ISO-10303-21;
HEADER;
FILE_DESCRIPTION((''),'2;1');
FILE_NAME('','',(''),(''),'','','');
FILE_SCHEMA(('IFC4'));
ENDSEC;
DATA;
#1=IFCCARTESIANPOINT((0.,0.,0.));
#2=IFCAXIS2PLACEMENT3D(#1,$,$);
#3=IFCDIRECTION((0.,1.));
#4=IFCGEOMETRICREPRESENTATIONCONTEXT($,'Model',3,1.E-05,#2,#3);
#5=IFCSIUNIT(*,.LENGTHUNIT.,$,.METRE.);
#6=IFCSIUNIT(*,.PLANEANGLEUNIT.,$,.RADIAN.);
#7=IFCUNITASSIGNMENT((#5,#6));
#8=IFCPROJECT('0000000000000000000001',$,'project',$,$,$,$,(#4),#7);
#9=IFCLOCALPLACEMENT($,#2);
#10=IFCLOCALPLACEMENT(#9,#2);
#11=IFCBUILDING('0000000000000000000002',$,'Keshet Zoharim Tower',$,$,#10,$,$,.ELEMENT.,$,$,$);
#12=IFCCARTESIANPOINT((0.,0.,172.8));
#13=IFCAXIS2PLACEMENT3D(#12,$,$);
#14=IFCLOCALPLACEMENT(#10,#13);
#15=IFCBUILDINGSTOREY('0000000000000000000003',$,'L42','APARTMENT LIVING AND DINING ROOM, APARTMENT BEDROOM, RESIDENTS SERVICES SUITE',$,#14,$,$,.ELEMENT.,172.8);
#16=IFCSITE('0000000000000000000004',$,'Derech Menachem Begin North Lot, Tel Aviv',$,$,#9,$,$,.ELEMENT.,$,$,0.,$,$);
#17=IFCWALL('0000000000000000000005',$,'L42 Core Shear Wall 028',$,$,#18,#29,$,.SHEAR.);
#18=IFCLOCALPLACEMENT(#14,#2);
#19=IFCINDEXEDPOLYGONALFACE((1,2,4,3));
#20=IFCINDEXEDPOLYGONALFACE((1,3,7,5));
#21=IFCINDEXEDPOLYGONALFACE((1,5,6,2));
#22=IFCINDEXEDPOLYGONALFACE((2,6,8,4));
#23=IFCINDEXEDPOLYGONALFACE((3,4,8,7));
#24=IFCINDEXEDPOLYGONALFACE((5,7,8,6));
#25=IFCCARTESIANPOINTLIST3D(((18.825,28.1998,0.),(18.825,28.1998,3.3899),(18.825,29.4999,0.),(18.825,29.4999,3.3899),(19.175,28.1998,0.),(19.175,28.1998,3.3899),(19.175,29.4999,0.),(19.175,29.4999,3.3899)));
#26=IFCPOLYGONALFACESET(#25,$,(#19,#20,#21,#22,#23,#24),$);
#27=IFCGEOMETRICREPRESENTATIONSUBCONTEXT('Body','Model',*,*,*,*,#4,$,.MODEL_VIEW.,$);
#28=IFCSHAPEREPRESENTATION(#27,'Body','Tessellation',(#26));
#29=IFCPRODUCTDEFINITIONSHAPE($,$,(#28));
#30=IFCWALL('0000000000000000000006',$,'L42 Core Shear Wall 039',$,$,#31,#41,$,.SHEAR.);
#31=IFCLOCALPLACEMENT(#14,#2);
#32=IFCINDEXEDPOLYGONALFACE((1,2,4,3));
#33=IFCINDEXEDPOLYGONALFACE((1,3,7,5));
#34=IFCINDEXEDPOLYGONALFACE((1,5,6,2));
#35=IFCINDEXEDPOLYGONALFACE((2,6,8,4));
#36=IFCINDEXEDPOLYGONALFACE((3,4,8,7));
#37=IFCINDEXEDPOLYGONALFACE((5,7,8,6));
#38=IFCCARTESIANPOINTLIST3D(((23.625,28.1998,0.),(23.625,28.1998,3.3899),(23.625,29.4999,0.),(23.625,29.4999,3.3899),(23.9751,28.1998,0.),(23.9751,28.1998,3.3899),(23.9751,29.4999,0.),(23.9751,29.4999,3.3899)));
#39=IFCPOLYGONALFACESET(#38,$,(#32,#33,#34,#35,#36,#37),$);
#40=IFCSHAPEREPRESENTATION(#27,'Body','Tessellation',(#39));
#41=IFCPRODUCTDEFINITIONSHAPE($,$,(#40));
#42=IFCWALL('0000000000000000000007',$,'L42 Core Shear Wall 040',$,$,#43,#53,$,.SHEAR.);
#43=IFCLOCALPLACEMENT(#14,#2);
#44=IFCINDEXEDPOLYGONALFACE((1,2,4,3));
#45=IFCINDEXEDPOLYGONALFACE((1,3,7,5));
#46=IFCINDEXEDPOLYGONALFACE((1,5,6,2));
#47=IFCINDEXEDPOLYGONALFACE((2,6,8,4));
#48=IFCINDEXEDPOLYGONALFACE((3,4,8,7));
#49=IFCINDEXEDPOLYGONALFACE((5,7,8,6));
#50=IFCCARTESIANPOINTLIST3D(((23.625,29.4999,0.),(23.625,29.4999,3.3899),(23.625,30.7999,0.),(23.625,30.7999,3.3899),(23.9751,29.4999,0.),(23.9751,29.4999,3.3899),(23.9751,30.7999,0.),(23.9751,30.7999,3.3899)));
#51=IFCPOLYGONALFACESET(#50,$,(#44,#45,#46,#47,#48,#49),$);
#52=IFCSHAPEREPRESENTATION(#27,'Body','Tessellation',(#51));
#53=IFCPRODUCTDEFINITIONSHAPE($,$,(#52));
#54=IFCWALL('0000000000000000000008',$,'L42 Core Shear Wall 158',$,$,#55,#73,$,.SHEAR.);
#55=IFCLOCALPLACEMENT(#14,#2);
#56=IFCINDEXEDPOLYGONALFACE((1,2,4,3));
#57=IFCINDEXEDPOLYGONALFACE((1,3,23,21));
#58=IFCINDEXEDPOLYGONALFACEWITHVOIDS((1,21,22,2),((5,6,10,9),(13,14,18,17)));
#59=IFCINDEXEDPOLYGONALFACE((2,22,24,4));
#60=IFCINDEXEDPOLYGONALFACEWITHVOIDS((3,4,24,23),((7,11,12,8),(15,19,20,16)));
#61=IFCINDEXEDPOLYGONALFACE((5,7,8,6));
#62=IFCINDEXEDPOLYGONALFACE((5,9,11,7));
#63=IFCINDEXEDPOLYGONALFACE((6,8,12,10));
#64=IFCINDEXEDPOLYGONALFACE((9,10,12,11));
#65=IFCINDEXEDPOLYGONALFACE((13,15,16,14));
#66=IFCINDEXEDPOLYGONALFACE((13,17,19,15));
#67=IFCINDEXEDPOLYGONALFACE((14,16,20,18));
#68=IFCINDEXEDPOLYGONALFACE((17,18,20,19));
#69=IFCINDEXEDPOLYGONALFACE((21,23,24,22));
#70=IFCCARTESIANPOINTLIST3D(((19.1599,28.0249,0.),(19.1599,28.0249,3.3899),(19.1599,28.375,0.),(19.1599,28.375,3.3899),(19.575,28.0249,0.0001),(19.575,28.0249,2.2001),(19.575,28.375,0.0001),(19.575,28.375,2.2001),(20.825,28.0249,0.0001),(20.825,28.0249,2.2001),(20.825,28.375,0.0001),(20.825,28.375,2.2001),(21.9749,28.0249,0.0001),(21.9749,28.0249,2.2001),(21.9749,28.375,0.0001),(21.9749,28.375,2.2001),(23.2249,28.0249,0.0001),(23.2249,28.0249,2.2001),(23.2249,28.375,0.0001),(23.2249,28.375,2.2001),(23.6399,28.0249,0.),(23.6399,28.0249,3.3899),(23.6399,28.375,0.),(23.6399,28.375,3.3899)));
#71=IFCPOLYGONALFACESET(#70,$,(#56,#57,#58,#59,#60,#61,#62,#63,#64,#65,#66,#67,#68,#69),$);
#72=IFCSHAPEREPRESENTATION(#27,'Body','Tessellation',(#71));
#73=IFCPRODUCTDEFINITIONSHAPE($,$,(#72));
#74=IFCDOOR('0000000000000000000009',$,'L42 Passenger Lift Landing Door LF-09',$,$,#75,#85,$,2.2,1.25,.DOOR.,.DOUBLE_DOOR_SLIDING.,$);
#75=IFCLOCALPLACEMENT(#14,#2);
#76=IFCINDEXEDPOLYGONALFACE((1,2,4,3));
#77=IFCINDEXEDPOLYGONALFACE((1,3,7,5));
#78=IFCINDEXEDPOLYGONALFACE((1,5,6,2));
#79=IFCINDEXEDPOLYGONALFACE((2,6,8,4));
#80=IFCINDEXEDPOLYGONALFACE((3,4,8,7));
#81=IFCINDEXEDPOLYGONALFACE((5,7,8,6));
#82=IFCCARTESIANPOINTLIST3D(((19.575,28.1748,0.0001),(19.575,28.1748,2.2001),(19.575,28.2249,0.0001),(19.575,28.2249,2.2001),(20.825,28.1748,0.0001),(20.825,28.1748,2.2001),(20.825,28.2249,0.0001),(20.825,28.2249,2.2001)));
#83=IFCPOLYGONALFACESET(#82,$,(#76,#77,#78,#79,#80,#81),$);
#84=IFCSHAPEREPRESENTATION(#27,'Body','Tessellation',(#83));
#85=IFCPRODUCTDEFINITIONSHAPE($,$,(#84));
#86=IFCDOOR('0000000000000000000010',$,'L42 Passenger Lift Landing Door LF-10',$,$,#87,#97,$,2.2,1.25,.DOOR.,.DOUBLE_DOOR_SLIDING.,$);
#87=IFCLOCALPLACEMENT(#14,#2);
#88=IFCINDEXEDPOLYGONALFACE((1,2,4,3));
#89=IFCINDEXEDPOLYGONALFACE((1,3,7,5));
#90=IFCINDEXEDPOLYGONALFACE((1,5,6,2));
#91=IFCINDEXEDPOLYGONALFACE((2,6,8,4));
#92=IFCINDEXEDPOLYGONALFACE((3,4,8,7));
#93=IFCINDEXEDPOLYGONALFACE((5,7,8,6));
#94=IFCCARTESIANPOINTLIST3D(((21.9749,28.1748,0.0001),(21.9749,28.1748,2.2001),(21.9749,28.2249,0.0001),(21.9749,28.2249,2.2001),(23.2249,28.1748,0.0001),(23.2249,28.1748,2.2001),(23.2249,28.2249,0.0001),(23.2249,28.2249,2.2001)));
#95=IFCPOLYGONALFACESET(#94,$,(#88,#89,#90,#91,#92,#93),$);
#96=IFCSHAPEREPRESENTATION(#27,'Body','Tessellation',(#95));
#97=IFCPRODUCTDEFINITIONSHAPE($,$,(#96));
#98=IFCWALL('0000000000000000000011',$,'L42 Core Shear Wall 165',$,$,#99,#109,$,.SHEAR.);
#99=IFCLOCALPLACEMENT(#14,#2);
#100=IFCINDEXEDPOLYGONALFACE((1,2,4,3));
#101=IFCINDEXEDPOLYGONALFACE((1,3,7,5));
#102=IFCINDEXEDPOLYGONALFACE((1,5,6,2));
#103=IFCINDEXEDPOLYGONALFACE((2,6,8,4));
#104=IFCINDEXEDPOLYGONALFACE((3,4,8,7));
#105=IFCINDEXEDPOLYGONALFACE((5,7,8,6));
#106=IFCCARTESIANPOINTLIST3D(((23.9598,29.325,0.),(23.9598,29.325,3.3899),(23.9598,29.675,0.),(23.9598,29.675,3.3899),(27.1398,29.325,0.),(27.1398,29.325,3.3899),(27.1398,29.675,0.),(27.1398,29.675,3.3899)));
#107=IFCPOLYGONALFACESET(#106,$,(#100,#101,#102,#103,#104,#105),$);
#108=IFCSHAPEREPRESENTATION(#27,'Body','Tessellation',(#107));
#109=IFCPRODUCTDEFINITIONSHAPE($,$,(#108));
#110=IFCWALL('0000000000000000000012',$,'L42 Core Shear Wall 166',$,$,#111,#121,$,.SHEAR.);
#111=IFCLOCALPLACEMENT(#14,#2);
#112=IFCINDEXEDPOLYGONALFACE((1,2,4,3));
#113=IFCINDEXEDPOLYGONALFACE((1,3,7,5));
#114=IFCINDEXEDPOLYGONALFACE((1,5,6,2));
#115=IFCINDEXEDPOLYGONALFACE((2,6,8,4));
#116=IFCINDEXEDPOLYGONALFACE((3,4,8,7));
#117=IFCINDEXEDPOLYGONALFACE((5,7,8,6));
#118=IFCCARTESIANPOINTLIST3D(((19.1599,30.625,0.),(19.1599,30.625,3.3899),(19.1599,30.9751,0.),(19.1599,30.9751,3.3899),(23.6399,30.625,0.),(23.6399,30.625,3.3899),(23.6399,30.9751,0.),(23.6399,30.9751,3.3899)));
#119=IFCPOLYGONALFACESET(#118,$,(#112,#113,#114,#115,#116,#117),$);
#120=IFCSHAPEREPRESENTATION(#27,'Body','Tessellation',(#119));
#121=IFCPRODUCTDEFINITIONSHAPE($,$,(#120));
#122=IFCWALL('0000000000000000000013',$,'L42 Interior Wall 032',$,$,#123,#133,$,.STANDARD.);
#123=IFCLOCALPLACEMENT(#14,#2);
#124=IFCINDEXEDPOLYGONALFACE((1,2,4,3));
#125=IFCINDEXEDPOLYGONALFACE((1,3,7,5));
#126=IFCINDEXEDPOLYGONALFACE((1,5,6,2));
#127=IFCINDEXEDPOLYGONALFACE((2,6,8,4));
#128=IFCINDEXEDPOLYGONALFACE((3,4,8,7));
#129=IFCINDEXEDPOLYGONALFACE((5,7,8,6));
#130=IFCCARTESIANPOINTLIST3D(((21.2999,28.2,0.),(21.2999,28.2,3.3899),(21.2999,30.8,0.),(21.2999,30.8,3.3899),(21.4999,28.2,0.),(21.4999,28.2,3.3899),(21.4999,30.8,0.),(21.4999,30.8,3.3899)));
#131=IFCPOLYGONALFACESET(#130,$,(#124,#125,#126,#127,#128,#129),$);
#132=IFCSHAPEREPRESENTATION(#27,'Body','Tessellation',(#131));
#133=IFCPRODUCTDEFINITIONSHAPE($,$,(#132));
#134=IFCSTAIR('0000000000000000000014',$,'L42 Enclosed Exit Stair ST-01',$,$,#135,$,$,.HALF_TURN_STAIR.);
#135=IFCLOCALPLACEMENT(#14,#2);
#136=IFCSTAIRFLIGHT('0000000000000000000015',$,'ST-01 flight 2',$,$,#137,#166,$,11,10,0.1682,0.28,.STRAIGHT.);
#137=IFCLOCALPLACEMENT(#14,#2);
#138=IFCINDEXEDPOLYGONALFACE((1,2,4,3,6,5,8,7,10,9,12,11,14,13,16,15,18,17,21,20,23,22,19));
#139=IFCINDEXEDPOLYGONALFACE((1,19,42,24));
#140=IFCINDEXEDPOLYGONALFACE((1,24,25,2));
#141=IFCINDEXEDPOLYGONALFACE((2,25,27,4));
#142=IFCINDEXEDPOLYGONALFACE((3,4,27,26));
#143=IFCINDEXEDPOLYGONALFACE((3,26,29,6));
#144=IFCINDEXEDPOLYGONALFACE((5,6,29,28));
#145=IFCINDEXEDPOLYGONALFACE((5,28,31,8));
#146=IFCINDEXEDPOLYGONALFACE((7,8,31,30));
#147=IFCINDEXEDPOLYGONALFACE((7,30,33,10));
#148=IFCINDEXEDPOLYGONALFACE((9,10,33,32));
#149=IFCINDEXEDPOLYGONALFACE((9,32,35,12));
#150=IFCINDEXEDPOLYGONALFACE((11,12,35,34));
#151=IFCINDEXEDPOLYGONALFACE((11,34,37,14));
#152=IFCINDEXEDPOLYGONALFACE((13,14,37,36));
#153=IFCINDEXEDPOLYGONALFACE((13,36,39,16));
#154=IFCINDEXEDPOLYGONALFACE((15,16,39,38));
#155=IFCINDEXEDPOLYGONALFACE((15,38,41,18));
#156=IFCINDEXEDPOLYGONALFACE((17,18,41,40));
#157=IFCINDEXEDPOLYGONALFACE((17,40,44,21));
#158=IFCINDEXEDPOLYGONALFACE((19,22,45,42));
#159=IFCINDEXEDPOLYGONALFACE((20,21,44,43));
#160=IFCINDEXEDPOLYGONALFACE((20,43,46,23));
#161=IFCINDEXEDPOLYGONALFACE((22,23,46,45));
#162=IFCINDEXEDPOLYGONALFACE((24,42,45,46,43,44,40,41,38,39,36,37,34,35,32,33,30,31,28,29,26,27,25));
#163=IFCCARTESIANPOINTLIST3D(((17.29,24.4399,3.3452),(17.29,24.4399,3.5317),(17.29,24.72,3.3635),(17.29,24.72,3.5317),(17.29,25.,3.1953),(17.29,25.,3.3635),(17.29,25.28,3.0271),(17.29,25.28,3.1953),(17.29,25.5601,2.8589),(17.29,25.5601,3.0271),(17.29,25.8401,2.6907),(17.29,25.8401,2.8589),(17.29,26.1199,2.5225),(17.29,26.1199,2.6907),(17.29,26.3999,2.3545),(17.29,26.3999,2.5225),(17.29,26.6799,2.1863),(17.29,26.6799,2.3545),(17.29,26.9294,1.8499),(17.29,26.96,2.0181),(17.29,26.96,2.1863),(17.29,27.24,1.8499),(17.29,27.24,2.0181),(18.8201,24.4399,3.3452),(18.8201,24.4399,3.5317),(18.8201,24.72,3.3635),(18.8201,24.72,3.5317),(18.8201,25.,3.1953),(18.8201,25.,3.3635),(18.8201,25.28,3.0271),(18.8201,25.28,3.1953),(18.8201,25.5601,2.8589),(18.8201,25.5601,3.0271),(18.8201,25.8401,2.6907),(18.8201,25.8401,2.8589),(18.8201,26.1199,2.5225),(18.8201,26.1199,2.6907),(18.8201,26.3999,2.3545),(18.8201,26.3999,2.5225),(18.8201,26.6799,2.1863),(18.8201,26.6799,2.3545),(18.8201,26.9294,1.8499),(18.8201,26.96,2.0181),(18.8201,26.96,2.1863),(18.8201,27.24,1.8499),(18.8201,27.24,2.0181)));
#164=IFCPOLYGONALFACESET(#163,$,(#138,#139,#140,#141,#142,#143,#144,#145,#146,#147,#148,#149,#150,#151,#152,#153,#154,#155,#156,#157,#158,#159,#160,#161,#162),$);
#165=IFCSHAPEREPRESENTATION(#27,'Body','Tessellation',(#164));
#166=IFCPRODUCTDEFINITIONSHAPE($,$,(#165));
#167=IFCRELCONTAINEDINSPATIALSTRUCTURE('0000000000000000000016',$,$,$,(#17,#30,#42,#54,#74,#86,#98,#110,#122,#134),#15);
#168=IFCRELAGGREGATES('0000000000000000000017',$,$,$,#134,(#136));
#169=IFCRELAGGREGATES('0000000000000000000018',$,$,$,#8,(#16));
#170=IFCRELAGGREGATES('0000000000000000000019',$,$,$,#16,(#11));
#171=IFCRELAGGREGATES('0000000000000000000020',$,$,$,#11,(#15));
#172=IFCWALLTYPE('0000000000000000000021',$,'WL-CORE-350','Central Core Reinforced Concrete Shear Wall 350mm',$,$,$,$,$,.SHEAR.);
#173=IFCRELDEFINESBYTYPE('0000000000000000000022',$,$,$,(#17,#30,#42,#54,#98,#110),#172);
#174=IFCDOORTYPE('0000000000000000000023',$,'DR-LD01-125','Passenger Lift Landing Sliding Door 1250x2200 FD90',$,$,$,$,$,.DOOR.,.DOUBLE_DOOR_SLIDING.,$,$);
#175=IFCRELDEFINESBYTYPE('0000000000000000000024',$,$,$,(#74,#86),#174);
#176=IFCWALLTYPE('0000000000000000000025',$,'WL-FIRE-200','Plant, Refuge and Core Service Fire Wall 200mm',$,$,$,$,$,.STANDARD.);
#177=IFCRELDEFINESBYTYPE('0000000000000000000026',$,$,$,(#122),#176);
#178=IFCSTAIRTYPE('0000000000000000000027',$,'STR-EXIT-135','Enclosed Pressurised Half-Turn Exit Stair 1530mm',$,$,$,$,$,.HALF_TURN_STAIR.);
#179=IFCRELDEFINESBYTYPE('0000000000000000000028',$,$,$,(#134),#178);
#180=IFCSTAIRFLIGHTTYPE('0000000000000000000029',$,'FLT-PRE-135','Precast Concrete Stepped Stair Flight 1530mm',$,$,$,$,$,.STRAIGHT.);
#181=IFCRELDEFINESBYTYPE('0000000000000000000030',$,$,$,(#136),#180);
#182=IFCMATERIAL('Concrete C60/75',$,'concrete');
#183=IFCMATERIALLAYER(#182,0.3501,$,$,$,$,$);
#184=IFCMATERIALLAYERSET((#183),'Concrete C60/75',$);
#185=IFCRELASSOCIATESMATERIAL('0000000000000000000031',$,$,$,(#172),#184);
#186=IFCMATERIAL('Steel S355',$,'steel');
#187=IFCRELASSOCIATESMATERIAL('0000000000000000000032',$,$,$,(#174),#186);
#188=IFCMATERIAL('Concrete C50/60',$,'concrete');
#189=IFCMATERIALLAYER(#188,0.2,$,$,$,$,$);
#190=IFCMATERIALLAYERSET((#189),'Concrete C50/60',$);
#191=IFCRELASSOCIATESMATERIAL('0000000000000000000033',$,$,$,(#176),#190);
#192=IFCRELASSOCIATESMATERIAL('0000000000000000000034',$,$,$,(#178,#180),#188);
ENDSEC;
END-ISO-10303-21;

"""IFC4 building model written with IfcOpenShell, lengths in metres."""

from ifc_helpers import new_model, si_unit, direction, frame, frame_2d, origin, place, context, subcontext, project, spatial, polyline, rectangle, outline, extrude, material, layer, layer_set, type_object, element, fill, aggregate, save


model = new_model("IFC4")

# Units and contexts
model_context = context("Model", 3, precision=1e-05, world=origin(), true_north=direction((0.0, 1.0)))
body_context = subcontext(model_context, "Body", "Model", "MODEL_VIEW")
ifc_project = project(units=[si_unit("LENGTHUNIT", "METRE"), si_unit("PLANEANGLEUNIT", "RADIAN")], contexts=[model_context])

# Site, building, storey
site_placement = place(None, origin())
site = spatial("IfcSite", under=ifc_project, at=site_placement, Name="Derech Menachem Begin North Lot, Tel Aviv", CompositionType="ELEMENT", RefElevation=0.0)
building_placement = place(site_placement, origin())
building = spatial("IfcBuilding", under=site, at=building_placement, Name="Keshet Zoharim Tower", CompositionType="ELEMENT")
storey_placement = place(building_placement, frame((0.0, 0.0, 172.8)))
storey = spatial("IfcBuildingStorey", under=building, at=storey_placement, Name="L42", Description="APARTMENT LIVING AND DINING ROOM, APARTMENT BEDROOM, RESIDENTS SERVICES SUITE", CompositionType="ELEMENT", Elevation=172.8)

# Wall
ifc_material_1 = material(Name="Concrete C60/75", Category="concrete")
ifc_layer_1 = layer(ifc_material_1, 0.3501)
ifc_layer_set_1 = layer_set([ifc_layer_1], Name="Concrete C60/75")
wall_type_1 = type_object("IfcWallType", Name="WL-CORE-350", Description="Central Core Reinforced Concrete Shear Wall 350mm", PredefinedType="SHEAR", material=ifc_layer_set_1)
wall_1_placement = place(storey_placement, frame((19.0, 28.2, 0.0), z_axis=(0.0, 0.0, 1.0), x_axis=(0.0, 1.0, 0.0)))
element("IfcWall", 1, at=wall_1_placement, inside=storey, type_object=wall_type_1, Name="L42 Core Shear Wall 028", PredefinedType="SHEAR", context=body_context, shape_type="SweptSolid", body=[
    extrude(rectangle(XDim=1.3, YDim=0.3501, at=frame_2d((0.6499, 0.0))), origin(), (0.0, 0.0, 1.0), 3.3899),
])

# Walls
for number, where, z_axis, x_axis, name in (
    (2, (23.8, 28.2, 0.0), (0.0, 0.0, 1.0), (0.0, 1.0, 0.0), "L42 Core Shear Wall 039"),
    (3, (23.8, 29.5, 0.0), (0.0, 0.0, 1.0), (0.0, 1.0, 0.0), "L42 Core Shear Wall 040"),
):
    element("IfcWall", number, at=place(storey_placement, frame(where, z_axis=z_axis, x_axis=x_axis)), inside=storey, type_object=wall_type_1, Name=name, PredefinedType="SHEAR", context=body_context, shape_type="SweptSolid", body=[
        extrude(rectangle(XDim=1.3, YDim=0.3501, at=frame_2d((0.6499, 0.0))), origin(), (0.0, 0.0, 1.0), 3.3899),
    ])

# Wall, openings, doors
wall_2_placement = place(storey_placement, frame((19.1599, 28.2, 0.0), z_axis=(0.0, 0.0, 1.0), x_axis=(1.0, 0.0, 0.0)))
wall_2 = element("IfcWall", 4, at=wall_2_placement, inside=storey, type_object=wall_type_1, Name="L42 Core Shear Wall 158", PredefinedType="SHEAR", context=body_context, shape_type="SweptSolid", body=[
    extrude(rectangle(XDim=4.48, YDim=0.3501, at=frame_2d((2.24, 0.0))), origin(), (0.0, 0.0, 1.0), 3.3899),
])
opening_1_placement = place(wall_2_placement, frame((0.415, 0.0, 0.0)))
opening_1 = element("IfcOpeningElement", 5, at=opening_1_placement, cuts=wall_2, PredefinedType="OPENING", context=body_context, shape_type="SweptSolid", body=[
    extrude(rectangle(XDim=1.25, YDim=2.2, at=frame_2d((0.625, 1.1001))), frame((0.0, 0.1851, 0.0), z_axis=(0.0, -1.0, 0.0), x_axis=(1.0, 0.0, 0.0)), (0.0, 0.0, 1.0), 0.3701),
])
opening_2_placement = place(wall_2_placement, frame((2.8149, 0.0, 0.0)))
opening_2 = element("IfcOpeningElement", 6, at=opening_2_placement, cuts=wall_2, PredefinedType="OPENING", context=body_context, shape_type="SweptSolid", body=[
    extrude(rectangle(XDim=1.25, YDim=2.2, at=frame_2d((0.625, 1.1001))), frame((0.0, 0.1851, 0.0), z_axis=(0.0, -1.0, 0.0), x_axis=(1.0, 0.0, 0.0)), (0.0, 0.0, 1.0), 0.3701),
])
ifc_material_2 = material(Name="Steel S355", Category="steel")
door_type_1 = type_object("IfcDoorType", Name="DR-LD01-125", Description="Passenger Lift Landing Sliding Door 1250x2200 FD90", OperationType="DOUBLE_DOOR_SLIDING", PredefinedType="DOOR", material=ifc_material_2)
door_1_placement = place(opening_1_placement, origin())
door_1 = element("IfcDoor", 7, at=door_1_placement, inside=storey, type_object=door_type_1, Name="L42 Passenger Lift Landing Door LF-09", OperationType="DOUBLE_DOOR_SLIDING", OverallHeight=2.2, OverallWidth=1.25, PredefinedType="DOOR", context=body_context, shape_type="SweptSolid", body=[
    extrude(rectangle(XDim=1.25, YDim=2.2, at=frame_2d((0.625, 1.1001))), frame((0.0, 0.0249, 0.0), z_axis=(0.0, -1.0, 0.0), x_axis=(1.0, 0.0, 0.0)), (0.0, 0.0, 1.0), 0.05),
])
fill(opening_1, door_1)
door_2_placement = place(opening_2_placement, origin())
door_2 = element("IfcDoor", 8, at=door_2_placement, inside=storey, type_object=door_type_1, Name="L42 Passenger Lift Landing Door LF-10", OperationType="DOUBLE_DOOR_SLIDING", OverallHeight=2.2, OverallWidth=1.25, PredefinedType="DOOR", context=body_context, shape_type="SweptSolid", body=[
    extrude(rectangle(XDim=1.25, YDim=2.2, at=frame_2d((0.625, 1.1001))), frame((0.0, 0.0249, 0.0), z_axis=(0.0, -1.0, 0.0), x_axis=(1.0, 0.0, 0.0)), (0.0, 0.0, 1.0), 0.05),
])
fill(opening_2, door_2)

# Walls
wall_3_placement = place(storey_placement, frame((23.96, 29.5, 0.0), z_axis=(0.0, 0.0, 1.0), x_axis=(1.0, 0.0, 0.0)))
element("IfcWall", 9, at=wall_3_placement, inside=storey, type_object=wall_type_1, Name="L42 Core Shear Wall 165", PredefinedType="SHEAR", context=body_context, shape_type="SweptSolid", body=[
    extrude(rectangle(XDim=3.1799, YDim=0.3501, at=frame_2d((1.5898, 0.0))), origin(), (0.0, 0.0, 1.0), 3.3899),
])
wall_4_placement = place(storey_placement, frame((19.1599, 30.8, 0.0), z_axis=(0.0, 0.0, 1.0), x_axis=(1.0, 0.0, 0.0)))
element("IfcWall", 10, at=wall_4_placement, inside=storey, type_object=wall_type_1, Name="L42 Core Shear Wall 166", PredefinedType="SHEAR", context=body_context, shape_type="SweptSolid", body=[
    extrude(rectangle(XDim=4.48, YDim=0.3501, at=frame_2d((2.24, 0.0))), origin(), (0.0, 0.0, 1.0), 3.3899),
])
ifc_material_3 = material(Name="Concrete C50/60", Category="concrete")
ifc_layer_2 = layer(ifc_material_3, 0.2)
ifc_layer_set_2 = layer_set([ifc_layer_2], Name="Concrete C50/60")
wall_type_2 = type_object("IfcWallType", Name="WL-FIRE-200", Description="Plant, Refuge and Core Service Fire Wall 200mm", PredefinedType="STANDARD", material=ifc_layer_set_2)
wall_5_placement = place(storey_placement, frame((21.3999, 28.2, 0.0), z_axis=(0.0, 0.0, 1.0), x_axis=(0.0, 1.0, 0.0)))
element("IfcWall", 11, at=wall_5_placement, inside=storey, type_object=wall_type_2, Name="L42 Interior Wall 032", PredefinedType="STANDARD", context=body_context, shape_type="SweptSolid", body=[
    extrude(rectangle(XDim=2.6001, YDim=0.2, at=frame_2d((1.3, 0.0))), origin(), (0.0, 0.0, 1.0), 3.3899),
])

# Stair, stair flight
stair_type = type_object("IfcStairType", Name="STR-EXIT-135", Description="Enclosed Pressurised Half-Turn Exit Stair 1530mm", PredefinedType="HALF_TURN_STAIR", material=ifc_material_3)
stair_1_placement = place(storey_placement, origin())
stair_1 = element("IfcStair", 12, at=stair_1_placement, inside=storey, type_object=stair_type, Name="L42 Enclosed Exit Stair ST-01", PredefinedType="HALF_TURN_STAIR")
stair_flight_type_1 = type_object("IfcStairFlightType", Name="FLT-PRE-135", Description="Precast Concrete Stepped Stair Flight 1530mm", PredefinedType="STRAIGHT", material=ifc_material_3)
stair_flight_1_placement = place(storey_placement, frame((18.0549, 27.24, 1.8499), z_axis=(0.0, 0.0, 1.0), x_axis=(0.0, -1.0, 0.0)))
stair_flight_1 = element("IfcStairFlight", 13, at=stair_flight_1_placement, type_object=stair_flight_type_1, Name="ST-01 flight 2", NumberOfRisers=11, NumberOfTreads=10, PredefinedType="STRAIGHT", RiserHeight=0.1682, TreadLength=0.28, context=body_context, shape_type="SweptSolid", body=[
    extrude(outline(polyline([(0.0, 0.0), (0.0, 0.1682), (0.28, 0.1682), (0.28, 0.3364), (0.5601, 0.3364), (0.5601, 0.5046), (0.8401, 0.5046), (0.8401, 0.6726), (1.1201, 0.6726), (1.1201, 0.8408), (1.3999, 0.8408), (1.3999, 1.009), (1.6799, 1.009), (1.6799, 1.1772), (1.96, 1.1772), (1.96, 1.3455), (2.24, 1.3455), (2.24, 1.5137), (2.52, 1.5137), (2.52, 1.6819), (2.8, 1.6819), (2.8, 1.8501), (2.8, 1.4954), (0.3105, 0.0), (0.0, 0.0)])), frame((0.0, 0.7651, 0.0), z_axis=(0.0, -1.0, 0.0), x_axis=(1.0, 0.0, 0.0)), (0.0, 0.0, 1.0), 1.53),
])
aggregate(stair_1, [stair_flight_1])

save(model, "model.ifc")
